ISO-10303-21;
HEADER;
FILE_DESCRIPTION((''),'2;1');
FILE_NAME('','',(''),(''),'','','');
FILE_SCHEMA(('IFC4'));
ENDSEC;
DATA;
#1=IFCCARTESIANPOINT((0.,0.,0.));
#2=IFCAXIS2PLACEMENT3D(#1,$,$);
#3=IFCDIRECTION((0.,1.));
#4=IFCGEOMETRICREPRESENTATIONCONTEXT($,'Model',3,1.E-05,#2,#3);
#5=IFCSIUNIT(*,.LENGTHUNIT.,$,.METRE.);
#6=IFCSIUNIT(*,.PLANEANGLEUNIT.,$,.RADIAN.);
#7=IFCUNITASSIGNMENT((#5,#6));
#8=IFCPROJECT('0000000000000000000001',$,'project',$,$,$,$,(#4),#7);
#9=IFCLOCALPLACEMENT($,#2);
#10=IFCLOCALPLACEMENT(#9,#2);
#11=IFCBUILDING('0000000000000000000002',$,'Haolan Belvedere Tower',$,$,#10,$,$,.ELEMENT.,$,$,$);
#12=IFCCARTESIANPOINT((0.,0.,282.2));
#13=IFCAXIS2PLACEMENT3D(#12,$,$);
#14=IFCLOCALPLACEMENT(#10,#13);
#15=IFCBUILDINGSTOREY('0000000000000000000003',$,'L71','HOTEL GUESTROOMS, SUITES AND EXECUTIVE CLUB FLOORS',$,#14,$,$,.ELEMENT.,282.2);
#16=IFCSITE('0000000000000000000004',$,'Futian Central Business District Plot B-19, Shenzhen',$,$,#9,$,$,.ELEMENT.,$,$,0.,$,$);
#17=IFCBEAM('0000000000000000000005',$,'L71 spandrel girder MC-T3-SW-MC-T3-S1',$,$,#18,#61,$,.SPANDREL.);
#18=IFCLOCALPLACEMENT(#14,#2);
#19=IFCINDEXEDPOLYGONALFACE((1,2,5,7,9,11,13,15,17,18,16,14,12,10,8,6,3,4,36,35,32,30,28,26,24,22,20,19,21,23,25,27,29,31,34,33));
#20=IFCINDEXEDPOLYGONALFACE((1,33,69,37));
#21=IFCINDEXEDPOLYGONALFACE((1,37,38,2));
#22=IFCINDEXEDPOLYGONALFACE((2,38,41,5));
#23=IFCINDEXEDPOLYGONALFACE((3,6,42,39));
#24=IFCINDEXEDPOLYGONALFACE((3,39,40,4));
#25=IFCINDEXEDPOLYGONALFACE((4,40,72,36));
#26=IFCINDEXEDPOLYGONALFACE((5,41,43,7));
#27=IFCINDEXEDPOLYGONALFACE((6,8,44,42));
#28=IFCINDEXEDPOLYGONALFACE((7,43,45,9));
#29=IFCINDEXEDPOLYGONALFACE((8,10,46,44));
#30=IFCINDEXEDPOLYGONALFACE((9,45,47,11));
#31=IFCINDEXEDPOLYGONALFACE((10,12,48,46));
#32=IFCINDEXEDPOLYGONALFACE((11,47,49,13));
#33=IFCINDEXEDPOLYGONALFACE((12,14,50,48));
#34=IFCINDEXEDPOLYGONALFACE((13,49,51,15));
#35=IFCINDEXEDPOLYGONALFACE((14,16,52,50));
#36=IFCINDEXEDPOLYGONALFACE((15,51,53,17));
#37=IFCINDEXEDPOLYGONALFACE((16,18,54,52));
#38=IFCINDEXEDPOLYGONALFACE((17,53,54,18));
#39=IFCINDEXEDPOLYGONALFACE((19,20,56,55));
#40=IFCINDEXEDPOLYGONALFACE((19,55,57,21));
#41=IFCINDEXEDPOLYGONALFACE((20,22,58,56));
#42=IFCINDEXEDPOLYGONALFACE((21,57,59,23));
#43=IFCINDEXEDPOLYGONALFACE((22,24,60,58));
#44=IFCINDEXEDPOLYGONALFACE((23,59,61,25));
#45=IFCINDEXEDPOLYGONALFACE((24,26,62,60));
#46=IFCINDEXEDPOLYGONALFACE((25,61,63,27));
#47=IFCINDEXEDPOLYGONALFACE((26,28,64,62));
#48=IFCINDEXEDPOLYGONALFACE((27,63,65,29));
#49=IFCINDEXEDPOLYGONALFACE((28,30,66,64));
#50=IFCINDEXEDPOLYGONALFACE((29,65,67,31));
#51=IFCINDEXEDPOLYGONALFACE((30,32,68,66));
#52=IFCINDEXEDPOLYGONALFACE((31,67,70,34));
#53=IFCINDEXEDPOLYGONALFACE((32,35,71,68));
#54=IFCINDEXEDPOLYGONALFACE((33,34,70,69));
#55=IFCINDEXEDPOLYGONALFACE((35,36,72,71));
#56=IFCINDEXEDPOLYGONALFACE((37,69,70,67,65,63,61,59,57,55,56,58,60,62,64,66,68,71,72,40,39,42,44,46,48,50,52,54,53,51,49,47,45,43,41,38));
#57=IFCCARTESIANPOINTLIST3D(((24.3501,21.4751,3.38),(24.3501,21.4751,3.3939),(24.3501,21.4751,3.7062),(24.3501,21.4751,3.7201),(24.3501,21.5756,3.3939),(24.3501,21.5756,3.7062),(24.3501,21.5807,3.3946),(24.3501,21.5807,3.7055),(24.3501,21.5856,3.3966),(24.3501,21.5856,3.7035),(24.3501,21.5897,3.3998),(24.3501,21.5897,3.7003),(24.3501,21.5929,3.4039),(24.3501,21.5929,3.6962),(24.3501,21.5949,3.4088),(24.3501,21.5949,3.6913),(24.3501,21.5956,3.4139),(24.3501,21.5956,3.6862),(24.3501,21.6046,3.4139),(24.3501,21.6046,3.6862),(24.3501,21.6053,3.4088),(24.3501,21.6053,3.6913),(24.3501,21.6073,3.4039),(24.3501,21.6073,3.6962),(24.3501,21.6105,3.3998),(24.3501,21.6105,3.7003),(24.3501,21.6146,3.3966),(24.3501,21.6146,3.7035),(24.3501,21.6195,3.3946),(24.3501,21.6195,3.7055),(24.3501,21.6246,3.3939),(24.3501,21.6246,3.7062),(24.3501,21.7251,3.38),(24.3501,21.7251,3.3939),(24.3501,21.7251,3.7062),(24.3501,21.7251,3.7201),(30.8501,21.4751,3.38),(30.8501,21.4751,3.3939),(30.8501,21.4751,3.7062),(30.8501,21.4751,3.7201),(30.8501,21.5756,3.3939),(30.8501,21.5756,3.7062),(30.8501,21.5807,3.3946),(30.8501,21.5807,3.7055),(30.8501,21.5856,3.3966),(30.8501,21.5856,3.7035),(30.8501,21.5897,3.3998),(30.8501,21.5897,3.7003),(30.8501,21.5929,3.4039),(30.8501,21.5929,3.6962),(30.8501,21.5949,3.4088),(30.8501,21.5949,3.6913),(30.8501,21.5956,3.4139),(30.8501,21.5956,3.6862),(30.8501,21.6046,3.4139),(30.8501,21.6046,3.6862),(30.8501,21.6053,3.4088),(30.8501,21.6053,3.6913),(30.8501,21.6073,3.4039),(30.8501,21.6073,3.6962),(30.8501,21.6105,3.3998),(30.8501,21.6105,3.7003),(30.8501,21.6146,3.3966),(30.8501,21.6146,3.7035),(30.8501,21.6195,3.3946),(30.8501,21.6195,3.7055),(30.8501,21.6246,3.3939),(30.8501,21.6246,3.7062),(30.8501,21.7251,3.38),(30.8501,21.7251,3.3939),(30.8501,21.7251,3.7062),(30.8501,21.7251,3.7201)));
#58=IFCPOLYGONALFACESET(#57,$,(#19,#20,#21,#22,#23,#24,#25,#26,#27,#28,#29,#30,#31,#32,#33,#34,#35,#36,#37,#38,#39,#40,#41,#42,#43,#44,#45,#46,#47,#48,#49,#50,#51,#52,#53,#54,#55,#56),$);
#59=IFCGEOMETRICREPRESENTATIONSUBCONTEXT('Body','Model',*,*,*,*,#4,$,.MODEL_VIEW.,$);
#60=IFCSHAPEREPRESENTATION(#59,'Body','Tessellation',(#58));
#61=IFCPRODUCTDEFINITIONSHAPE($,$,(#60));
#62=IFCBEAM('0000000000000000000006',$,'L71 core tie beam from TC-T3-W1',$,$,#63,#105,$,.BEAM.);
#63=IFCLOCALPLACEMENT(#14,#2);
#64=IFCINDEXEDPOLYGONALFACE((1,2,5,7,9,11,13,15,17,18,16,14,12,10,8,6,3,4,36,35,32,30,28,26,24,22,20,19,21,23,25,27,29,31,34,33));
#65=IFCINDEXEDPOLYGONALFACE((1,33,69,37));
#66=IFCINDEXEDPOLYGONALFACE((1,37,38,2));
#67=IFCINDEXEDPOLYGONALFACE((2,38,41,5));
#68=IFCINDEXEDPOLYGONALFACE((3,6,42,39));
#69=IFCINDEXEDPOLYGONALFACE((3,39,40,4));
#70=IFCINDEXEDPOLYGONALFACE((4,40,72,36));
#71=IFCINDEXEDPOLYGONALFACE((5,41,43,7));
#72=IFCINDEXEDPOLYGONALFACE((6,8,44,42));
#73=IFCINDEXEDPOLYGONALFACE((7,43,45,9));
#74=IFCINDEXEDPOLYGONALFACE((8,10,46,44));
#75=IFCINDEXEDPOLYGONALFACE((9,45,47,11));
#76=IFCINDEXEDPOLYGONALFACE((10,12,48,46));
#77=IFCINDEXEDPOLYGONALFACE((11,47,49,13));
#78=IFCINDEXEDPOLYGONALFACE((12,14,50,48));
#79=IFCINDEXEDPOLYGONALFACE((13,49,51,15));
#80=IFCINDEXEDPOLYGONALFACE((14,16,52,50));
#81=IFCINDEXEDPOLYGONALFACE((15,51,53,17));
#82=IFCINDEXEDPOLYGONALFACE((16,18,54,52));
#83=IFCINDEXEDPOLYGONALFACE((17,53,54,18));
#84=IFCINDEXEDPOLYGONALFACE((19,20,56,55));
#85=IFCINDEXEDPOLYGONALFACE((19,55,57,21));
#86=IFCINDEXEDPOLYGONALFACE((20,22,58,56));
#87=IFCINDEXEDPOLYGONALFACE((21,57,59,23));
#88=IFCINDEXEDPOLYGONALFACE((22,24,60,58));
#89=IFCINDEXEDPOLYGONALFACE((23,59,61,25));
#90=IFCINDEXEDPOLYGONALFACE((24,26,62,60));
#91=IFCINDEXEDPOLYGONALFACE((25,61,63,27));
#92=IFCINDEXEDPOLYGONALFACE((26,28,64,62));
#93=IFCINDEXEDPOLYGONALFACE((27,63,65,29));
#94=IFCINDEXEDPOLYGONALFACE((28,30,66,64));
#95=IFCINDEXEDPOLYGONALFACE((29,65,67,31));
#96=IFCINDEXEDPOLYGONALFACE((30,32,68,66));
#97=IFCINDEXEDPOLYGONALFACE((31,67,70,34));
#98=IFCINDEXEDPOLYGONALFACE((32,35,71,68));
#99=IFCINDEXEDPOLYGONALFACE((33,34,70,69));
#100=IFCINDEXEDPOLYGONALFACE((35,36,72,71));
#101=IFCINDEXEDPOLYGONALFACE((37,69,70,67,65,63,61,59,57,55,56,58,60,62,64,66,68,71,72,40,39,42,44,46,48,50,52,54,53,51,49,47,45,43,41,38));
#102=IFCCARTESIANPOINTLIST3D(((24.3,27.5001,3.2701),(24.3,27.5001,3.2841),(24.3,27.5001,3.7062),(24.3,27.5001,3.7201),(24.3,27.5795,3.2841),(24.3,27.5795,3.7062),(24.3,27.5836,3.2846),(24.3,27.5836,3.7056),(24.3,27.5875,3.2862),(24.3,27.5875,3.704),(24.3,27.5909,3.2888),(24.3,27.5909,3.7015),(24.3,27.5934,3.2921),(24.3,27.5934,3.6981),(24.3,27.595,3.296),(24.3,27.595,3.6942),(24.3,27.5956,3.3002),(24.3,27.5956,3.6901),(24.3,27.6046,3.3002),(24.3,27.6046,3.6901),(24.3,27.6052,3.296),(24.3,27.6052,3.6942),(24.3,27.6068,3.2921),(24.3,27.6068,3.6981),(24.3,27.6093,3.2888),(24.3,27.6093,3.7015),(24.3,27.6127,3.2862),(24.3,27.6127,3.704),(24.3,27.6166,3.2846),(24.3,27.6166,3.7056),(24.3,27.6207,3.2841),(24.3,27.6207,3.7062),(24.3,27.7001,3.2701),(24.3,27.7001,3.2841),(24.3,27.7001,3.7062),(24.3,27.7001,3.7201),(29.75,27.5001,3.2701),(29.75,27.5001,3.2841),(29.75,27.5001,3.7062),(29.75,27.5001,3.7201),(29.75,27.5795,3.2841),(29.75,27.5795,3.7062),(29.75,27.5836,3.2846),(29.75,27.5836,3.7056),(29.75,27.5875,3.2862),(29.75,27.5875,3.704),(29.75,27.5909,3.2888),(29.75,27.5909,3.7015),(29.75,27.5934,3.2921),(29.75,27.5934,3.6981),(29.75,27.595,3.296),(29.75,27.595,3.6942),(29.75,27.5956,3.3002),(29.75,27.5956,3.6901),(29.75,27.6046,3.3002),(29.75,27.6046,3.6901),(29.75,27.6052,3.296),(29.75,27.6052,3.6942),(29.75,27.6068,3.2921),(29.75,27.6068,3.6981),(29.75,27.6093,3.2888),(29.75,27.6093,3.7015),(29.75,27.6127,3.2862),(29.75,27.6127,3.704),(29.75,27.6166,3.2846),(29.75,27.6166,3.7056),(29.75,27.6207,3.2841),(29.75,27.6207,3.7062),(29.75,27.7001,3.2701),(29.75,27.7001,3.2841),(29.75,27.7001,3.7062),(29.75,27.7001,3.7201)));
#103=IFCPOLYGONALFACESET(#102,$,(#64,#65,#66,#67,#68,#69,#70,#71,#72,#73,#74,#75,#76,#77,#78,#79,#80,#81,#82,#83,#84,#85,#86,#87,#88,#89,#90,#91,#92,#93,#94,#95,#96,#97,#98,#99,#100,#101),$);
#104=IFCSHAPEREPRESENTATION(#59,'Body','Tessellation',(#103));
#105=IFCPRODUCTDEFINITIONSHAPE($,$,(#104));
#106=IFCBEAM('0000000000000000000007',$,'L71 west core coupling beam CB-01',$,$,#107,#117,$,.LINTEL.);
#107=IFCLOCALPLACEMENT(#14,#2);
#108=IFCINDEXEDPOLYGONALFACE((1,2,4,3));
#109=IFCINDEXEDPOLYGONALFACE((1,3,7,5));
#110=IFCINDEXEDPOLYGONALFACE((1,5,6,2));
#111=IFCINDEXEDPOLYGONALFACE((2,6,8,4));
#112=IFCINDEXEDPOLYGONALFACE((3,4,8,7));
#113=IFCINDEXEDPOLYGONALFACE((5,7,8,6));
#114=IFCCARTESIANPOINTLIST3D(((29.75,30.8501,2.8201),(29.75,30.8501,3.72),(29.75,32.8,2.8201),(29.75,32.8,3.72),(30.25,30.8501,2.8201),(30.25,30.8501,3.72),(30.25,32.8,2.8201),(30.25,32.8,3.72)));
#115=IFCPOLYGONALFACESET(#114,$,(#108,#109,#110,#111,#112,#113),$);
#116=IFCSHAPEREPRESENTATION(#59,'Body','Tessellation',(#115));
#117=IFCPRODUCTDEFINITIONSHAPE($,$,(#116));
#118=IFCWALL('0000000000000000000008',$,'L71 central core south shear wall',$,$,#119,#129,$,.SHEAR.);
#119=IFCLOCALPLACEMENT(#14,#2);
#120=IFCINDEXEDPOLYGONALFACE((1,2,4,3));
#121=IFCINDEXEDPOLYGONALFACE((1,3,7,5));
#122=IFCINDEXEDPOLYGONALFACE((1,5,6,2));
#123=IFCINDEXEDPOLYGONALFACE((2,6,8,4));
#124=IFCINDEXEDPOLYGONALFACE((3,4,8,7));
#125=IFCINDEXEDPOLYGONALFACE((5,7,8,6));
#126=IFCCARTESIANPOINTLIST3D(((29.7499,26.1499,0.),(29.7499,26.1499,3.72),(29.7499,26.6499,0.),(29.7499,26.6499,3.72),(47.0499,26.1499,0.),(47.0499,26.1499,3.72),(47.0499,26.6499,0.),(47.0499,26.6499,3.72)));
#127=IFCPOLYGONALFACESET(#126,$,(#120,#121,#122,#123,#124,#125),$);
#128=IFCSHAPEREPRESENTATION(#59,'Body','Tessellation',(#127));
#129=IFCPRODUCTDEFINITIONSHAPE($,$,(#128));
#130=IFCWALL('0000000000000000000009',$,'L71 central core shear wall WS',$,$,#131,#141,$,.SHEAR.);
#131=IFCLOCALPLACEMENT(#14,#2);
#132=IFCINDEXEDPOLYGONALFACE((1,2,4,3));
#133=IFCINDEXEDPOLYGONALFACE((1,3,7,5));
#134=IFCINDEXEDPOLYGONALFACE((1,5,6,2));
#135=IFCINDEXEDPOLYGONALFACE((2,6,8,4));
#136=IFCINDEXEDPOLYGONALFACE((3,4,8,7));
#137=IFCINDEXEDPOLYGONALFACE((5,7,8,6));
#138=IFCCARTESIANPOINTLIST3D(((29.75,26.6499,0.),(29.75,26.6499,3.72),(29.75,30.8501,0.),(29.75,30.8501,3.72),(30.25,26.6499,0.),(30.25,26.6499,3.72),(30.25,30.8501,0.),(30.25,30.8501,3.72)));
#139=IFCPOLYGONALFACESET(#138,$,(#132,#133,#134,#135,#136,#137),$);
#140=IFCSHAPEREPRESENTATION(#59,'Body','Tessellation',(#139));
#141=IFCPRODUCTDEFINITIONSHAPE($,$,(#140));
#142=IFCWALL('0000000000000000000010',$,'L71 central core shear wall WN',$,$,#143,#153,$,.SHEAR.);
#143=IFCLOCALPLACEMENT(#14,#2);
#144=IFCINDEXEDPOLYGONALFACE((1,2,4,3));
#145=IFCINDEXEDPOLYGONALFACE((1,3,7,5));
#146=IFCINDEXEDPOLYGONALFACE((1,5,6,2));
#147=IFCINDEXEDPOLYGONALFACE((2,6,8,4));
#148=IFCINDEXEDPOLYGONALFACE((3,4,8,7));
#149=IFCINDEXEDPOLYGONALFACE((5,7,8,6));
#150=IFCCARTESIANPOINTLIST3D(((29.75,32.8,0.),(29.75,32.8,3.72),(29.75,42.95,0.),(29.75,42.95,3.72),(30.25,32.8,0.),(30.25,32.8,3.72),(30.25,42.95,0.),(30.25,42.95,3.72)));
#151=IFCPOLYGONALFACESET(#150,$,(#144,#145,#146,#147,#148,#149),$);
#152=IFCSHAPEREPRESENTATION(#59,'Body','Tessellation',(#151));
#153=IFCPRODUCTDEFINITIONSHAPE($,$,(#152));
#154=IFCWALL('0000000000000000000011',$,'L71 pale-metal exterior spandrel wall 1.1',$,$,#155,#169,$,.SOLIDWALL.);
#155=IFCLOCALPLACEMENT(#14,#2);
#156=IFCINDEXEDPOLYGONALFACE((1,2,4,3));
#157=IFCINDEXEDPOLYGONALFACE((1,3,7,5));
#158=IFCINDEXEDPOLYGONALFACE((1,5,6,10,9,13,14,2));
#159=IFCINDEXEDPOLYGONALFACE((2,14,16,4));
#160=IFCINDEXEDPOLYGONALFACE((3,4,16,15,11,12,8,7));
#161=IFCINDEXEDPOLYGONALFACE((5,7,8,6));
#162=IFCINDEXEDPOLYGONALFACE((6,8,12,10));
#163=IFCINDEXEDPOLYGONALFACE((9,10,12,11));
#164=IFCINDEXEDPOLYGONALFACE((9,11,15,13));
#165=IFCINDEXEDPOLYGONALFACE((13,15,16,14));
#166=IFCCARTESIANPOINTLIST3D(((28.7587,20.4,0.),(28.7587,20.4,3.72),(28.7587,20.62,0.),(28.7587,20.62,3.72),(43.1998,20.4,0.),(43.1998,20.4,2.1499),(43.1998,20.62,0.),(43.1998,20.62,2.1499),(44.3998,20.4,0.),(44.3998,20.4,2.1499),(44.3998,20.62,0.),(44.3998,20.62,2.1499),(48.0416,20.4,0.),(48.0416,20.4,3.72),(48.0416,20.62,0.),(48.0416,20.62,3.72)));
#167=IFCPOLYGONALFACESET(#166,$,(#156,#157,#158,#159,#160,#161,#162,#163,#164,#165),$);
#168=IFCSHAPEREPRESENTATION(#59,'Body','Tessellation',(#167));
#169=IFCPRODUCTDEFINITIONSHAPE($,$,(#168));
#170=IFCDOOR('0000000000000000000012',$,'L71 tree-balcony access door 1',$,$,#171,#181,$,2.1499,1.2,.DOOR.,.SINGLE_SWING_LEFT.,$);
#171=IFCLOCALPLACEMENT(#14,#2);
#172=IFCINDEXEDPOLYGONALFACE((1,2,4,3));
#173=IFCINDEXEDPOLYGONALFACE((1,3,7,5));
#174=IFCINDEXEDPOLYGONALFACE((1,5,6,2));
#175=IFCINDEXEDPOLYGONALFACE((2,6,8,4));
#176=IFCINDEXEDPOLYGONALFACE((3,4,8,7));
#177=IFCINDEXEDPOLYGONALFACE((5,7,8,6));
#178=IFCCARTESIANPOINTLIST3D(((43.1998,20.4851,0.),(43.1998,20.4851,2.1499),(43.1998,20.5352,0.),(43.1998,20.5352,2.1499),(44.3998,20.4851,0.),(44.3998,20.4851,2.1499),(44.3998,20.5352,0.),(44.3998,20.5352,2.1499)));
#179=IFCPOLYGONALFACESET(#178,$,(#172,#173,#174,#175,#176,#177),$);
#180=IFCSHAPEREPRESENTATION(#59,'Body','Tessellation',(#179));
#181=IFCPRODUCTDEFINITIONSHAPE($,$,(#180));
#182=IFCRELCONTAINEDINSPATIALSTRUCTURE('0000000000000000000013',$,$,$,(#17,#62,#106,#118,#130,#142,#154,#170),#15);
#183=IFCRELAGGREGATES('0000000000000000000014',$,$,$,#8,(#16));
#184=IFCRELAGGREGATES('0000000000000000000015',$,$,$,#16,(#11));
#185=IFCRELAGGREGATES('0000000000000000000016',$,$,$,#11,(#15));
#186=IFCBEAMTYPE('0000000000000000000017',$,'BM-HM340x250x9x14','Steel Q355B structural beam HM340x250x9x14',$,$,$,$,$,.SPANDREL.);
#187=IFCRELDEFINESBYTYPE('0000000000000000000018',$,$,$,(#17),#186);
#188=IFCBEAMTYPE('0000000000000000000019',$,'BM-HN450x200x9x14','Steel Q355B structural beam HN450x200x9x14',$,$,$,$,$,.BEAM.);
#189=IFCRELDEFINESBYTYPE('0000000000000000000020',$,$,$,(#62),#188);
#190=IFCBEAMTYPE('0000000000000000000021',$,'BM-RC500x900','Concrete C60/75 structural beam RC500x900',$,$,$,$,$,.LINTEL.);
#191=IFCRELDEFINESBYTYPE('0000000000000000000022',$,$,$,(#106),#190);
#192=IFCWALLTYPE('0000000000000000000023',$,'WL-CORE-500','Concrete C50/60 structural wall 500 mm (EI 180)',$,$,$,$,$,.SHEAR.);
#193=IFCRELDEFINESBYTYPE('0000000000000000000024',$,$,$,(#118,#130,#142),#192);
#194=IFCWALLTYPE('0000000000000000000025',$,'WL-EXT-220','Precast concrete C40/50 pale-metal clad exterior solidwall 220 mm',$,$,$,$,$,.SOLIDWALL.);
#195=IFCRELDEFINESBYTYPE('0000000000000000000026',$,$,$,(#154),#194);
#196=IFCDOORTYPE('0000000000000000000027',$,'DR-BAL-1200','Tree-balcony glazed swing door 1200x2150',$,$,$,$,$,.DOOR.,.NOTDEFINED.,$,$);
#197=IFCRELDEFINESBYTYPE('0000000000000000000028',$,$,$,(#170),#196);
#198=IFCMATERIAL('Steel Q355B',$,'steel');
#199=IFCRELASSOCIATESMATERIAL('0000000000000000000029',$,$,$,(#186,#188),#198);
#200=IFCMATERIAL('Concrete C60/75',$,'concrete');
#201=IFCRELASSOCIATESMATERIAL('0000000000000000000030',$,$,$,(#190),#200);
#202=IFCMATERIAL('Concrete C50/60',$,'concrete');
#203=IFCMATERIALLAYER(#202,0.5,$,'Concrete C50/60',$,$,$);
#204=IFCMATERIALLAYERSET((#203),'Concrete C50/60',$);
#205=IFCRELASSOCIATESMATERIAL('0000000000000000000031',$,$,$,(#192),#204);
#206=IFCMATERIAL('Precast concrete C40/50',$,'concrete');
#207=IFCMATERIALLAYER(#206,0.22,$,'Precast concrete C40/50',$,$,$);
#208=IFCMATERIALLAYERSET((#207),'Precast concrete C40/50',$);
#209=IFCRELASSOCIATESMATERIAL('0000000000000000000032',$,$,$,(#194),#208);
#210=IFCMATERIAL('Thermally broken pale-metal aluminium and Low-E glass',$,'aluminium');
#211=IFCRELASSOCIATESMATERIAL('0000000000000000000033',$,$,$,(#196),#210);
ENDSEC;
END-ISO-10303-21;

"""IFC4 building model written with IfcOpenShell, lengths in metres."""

from ifc_helpers import new_model, si_unit, direction, frame, frame_2d, origin, origin_2d, place, context, subcontext, project, spatial, rectangle, i_section, extrude, material, layer, layer_set, material_profile, profile_set, type_object, element, fill, save


model = new_model("IFC4")

# Units and contexts
model_context = context("Model", 3, precision=1e-05, world=origin(), true_north=direction((0.0, 1.0)))
body_context = subcontext(model_context, "Body", "Model", "MODEL_VIEW")
ifc_project = project(units=[si_unit("LENGTHUNIT", "METRE"), si_unit("PLANEANGLEUNIT", "RADIAN")], contexts=[model_context])

# Site, building, storey
site_placement = place(None, origin())
site = spatial("IfcSite", under=ifc_project, at=site_placement, Name="Futian Central Business District Plot B-19, Shenzhen", CompositionType="ELEMENT", RefElevation=0.0)
building_placement = place(site_placement, origin())
building = spatial("IfcBuilding", under=site, at=building_placement, Name="Haolan Belvedere Tower", CompositionType="ELEMENT")
storey_placement = place(building_placement, frame((0.0, 0.0, 282.2)))
storey = spatial("IfcBuildingStorey", under=building, at=storey_placement, Name="L71", Description="HOTEL GUESTROOMS, SUITES AND EXECUTIVE CLUB FLOORS", CompositionType="ELEMENT", Elevation=282.2)

# Beams
ifc_material_1 = material(Name="Steel Q355B", Category="steel")
ifc_material_profile_1 = material_profile(ifc_material_1, i_section(OverallWidth=0.25, OverallDepth=0.3401, WebThickness=0.009, FlangeThickness=0.0139, FilletRadius=0.02, at=origin_2d()), Name="Steel Q355B")
ifc_profile_set_1 = profile_set([ifc_material_profile_1], Name="Steel Q355B")
beam_type_1 = type_object("IfcBeamType", Name="BM-HM340x250x9x14", Description="Steel Q355B structural beam HM340x250x9x14", PredefinedType="SPANDREL", material=ifc_profile_set_1)
beam_1_placement = place(storey_placement, frame((24.3501, 21.6001, 3.55), z_axis=(1.0, 0.0, 0.0), x_axis=(0.0, 1.0, 0.0)))
element("IfcBeam", 1, at=beam_1_placement, inside=storey, type_object=beam_type_1, Name="L71 spandrel girder MC-T3-SW-MC-T3-S1", PredefinedType="SPANDREL", context=body_context, shape_type="SweptSolid", body=[
    extrude(i_section(OverallWidth=0.25, OverallDepth=0.3401, WebThickness=0.009, FlangeThickness=0.0139, FilletRadius=0.02, at=origin_2d()), origin(), (0.0, 0.0, 1.0), 6.5),
])
ifc_material_profile_2 = material_profile(ifc_material_1, i_section(OverallWidth=0.2, OverallDepth=0.45, WebThickness=0.009, FlangeThickness=0.0139, FilletRadius=0.0161, at=origin_2d()), Name="Steel Q355B")
ifc_profile_set_2 = profile_set([ifc_material_profile_2], Name="Steel Q355B")
beam_type_2 = type_object("IfcBeamType", Name="BM-HN450x200x9x14", Description="Steel Q355B structural beam HN450x200x9x14", PredefinedType="BEAM", material=ifc_profile_set_2)
beam_2_placement = place(storey_placement, frame((24.3, 27.6001, 3.4951), z_axis=(1.0, 0.0, 0.0), x_axis=(0.0, 1.0, 0.0)))
element("IfcBeam", 2, at=beam_2_placement, inside=storey, type_object=beam_type_2, Name="L71 core tie beam from TC-T3-W1", PredefinedType="BEAM", context=body_context, shape_type="SweptSolid", body=[
    extrude(i_section(OverallWidth=0.2, OverallDepth=0.45, WebThickness=0.009, FlangeThickness=0.0139, FilletRadius=0.0161, at=origin_2d()), origin(), (0.0, 0.0, 1.0), 5.45),
])
ifc_material_2 = material(Name="Concrete C60/75", Category="concrete")
ifc_material_profile_3 = material_profile(ifc_material_2, rectangle(XDim=0.5, YDim=0.8999, at=origin_2d()), Name="Concrete C60/75")
ifc_profile_set_3 = profile_set([ifc_material_profile_3], Name="Concrete C60/75")
beam_type_3 = type_object("IfcBeamType", Name="BM-RC500x900", Description="Concrete C60/75 structural beam RC500x900", PredefinedType="LINTEL", material=ifc_profile_set_3)
beam_3_placement = place(storey_placement, frame((30.0, 30.8501, 3.27), z_axis=(0.0, 1.0, 0.0), x_axis=(-1.0, 0.0, 0.0)))
element("IfcBeam", 3, at=beam_3_placement, inside=storey, type_object=beam_type_3, Name="L71 west core coupling beam CB-01", PredefinedType="LINTEL", context=body_context, shape_type="SweptSolid", body=[
    extrude(rectangle(XDim=0.5, YDim=0.8999, at=origin_2d()), origin(), (0.0, 0.0, 1.0), 1.95),
])

# Walls
ifc_material_3 = material(Name="Concrete C50/60", Category="concrete")
ifc_layer_1 = layer(ifc_material_3, 0.5, Name="Concrete C50/60")
ifc_layer_set_1 = layer_set([ifc_layer_1], Name="Concrete C50/60")
wall_type_1 = type_object("IfcWallType", Name="WL-CORE-500", Description="Concrete C50/60 structural wall 500 mm (EI 180)", PredefinedType="SHEAR", material=ifc_layer_set_1)
wall_1_placement = place(storey_placement, frame((29.75, 26.3999, 0.0), z_axis=(0.0, 0.0, 1.0), x_axis=(1.0, 0.0, 0.0)))
element("IfcWall", 4, at=wall_1_placement, inside=storey, type_object=wall_type_1, Name="L71 central core south shear wall", PredefinedType="SHEAR", context=body_context, shape_type="SweptSolid", body=[
    extrude(rectangle(XDim=17.3, YDim=0.5, at=frame_2d((8.6499, 0.0))), origin(), (0.0, 0.0, 1.0), 3.72),
])
wall_2_placement = place(storey_placement, frame((30.0, 26.6499, 0.0), z_axis=(0.0, 0.0, 1.0), x_axis=(0.0, 1.0, 0.0)))
element("IfcWall", 5, at=wall_2_placement, inside=storey, type_object=wall_type_1, Name="L71 central core shear wall WS", PredefinedType="SHEAR", context=body_context, shape_type="SweptSolid", body=[
    extrude(rectangle(XDim=4.2002, YDim=0.5, at=frame_2d((2.1001, 0.0))), origin(), (0.0, 0.0, 1.0), 3.72),
])
wall_3_placement = place(storey_placement, frame((30.0, 32.8, 0.0), z_axis=(0.0, 0.0, 1.0), x_axis=(0.0, 1.0, 0.0)))
element("IfcWall", 6, at=wall_3_placement, inside=storey, type_object=wall_type_1, Name="L71 central core shear wall WN", PredefinedType="SHEAR", context=body_context, shape_type="SweptSolid", body=[
    extrude(rectangle(XDim=10.1499, YDim=0.5, at=frame_2d((5.075, 0.0))), origin(), (0.0, 0.0, 1.0), 3.72),
])

# Wall, opening, door
ifc_material_4 = material(Name="Precast concrete C40/50", Category="concrete")
ifc_layer_2 = layer(ifc_material_4, 0.22, Name="Precast concrete C40/50")
ifc_layer_set_2 = layer_set([ifc_layer_2], Name="Precast concrete C40/50")
wall_type_2 = type_object("IfcWallType", Name="WL-EXT-220", Description="Precast concrete C40/50 pale-metal clad exterior solidwall 220 mm", PredefinedType="SOLIDWALL", material=ifc_layer_set_2)
wall_4_placement = place(storey_placement, frame((28.7585, 20.51, 0.0), z_axis=(0.0, 0.0, 1.0), x_axis=(1.0, 0.0, 0.0)))
wall_4 = element("IfcWall", 7, at=wall_4_placement, inside=storey, type_object=wall_type_2, Name="L71 pale-metal exterior spandrel wall 1.1", PredefinedType="SOLIDWALL", context=body_context, shape_type="SweptSolid", body=[
    extrude(rectangle(XDim=19.283, YDim=0.22, at=frame_2d((9.6416, 0.0))), origin(), (0.0, 0.0, 1.0), 3.72),
])
opening_1_placement = place(wall_4_placement, frame((15.6414, 0.0, 0.0), z_axis=(0.0, 0.0, 1.0), x_axis=(-1.0, 0.0, 0.0)))
opening_1 = element("IfcOpeningElement", 8, at=opening_1_placement, cuts=wall_4, PredefinedType="OPENING", context=body_context, shape_type="SweptSolid", body=[
    extrude(rectangle(XDim=1.2, YDim=2.1499, at=frame_2d((0.6001, 1.075))), frame((0.0, 0.1199, 0.0), z_axis=(0.0, -1.0, 0.0), x_axis=(1.0, 0.0, 0.0)), (0.0, 0.0, 1.0), 0.24),
])
ifc_material_5 = material(Name="Thermally broken pale-metal aluminium and Low-E glass", Category="aluminium")
door_type_1 = type_object("IfcDoorType", Name="DR-BAL-1200", Description="Tree-balcony glazed swing door 1200x2150", OperationType="NOTDEFINED", PredefinedType="DOOR", material=ifc_material_5)
door_1_placement = place(opening_1_placement, origin())
door_1 = element("IfcDoor", 9, at=door_1_placement, inside=storey, type_object=door_type_1, Name="L71 tree-balcony access door 1", OperationType="SINGLE_SWING_LEFT", OverallHeight=2.1499, OverallWidth=1.2, PredefinedType="DOOR", context=body_context, shape_type="SweptSolid", body=[
    extrude(rectangle(XDim=1.2, YDim=2.1499, at=frame_2d((0.6001, 1.075))), frame((0.0, 0.0249, 0.0), z_axis=(0.0, -1.0, 0.0), x_axis=(1.0, 0.0, 0.0)), (0.0, 0.0, 1.0), 0.05),
])
fill(opening_1, door_1)

save(model, "model.ifc")
